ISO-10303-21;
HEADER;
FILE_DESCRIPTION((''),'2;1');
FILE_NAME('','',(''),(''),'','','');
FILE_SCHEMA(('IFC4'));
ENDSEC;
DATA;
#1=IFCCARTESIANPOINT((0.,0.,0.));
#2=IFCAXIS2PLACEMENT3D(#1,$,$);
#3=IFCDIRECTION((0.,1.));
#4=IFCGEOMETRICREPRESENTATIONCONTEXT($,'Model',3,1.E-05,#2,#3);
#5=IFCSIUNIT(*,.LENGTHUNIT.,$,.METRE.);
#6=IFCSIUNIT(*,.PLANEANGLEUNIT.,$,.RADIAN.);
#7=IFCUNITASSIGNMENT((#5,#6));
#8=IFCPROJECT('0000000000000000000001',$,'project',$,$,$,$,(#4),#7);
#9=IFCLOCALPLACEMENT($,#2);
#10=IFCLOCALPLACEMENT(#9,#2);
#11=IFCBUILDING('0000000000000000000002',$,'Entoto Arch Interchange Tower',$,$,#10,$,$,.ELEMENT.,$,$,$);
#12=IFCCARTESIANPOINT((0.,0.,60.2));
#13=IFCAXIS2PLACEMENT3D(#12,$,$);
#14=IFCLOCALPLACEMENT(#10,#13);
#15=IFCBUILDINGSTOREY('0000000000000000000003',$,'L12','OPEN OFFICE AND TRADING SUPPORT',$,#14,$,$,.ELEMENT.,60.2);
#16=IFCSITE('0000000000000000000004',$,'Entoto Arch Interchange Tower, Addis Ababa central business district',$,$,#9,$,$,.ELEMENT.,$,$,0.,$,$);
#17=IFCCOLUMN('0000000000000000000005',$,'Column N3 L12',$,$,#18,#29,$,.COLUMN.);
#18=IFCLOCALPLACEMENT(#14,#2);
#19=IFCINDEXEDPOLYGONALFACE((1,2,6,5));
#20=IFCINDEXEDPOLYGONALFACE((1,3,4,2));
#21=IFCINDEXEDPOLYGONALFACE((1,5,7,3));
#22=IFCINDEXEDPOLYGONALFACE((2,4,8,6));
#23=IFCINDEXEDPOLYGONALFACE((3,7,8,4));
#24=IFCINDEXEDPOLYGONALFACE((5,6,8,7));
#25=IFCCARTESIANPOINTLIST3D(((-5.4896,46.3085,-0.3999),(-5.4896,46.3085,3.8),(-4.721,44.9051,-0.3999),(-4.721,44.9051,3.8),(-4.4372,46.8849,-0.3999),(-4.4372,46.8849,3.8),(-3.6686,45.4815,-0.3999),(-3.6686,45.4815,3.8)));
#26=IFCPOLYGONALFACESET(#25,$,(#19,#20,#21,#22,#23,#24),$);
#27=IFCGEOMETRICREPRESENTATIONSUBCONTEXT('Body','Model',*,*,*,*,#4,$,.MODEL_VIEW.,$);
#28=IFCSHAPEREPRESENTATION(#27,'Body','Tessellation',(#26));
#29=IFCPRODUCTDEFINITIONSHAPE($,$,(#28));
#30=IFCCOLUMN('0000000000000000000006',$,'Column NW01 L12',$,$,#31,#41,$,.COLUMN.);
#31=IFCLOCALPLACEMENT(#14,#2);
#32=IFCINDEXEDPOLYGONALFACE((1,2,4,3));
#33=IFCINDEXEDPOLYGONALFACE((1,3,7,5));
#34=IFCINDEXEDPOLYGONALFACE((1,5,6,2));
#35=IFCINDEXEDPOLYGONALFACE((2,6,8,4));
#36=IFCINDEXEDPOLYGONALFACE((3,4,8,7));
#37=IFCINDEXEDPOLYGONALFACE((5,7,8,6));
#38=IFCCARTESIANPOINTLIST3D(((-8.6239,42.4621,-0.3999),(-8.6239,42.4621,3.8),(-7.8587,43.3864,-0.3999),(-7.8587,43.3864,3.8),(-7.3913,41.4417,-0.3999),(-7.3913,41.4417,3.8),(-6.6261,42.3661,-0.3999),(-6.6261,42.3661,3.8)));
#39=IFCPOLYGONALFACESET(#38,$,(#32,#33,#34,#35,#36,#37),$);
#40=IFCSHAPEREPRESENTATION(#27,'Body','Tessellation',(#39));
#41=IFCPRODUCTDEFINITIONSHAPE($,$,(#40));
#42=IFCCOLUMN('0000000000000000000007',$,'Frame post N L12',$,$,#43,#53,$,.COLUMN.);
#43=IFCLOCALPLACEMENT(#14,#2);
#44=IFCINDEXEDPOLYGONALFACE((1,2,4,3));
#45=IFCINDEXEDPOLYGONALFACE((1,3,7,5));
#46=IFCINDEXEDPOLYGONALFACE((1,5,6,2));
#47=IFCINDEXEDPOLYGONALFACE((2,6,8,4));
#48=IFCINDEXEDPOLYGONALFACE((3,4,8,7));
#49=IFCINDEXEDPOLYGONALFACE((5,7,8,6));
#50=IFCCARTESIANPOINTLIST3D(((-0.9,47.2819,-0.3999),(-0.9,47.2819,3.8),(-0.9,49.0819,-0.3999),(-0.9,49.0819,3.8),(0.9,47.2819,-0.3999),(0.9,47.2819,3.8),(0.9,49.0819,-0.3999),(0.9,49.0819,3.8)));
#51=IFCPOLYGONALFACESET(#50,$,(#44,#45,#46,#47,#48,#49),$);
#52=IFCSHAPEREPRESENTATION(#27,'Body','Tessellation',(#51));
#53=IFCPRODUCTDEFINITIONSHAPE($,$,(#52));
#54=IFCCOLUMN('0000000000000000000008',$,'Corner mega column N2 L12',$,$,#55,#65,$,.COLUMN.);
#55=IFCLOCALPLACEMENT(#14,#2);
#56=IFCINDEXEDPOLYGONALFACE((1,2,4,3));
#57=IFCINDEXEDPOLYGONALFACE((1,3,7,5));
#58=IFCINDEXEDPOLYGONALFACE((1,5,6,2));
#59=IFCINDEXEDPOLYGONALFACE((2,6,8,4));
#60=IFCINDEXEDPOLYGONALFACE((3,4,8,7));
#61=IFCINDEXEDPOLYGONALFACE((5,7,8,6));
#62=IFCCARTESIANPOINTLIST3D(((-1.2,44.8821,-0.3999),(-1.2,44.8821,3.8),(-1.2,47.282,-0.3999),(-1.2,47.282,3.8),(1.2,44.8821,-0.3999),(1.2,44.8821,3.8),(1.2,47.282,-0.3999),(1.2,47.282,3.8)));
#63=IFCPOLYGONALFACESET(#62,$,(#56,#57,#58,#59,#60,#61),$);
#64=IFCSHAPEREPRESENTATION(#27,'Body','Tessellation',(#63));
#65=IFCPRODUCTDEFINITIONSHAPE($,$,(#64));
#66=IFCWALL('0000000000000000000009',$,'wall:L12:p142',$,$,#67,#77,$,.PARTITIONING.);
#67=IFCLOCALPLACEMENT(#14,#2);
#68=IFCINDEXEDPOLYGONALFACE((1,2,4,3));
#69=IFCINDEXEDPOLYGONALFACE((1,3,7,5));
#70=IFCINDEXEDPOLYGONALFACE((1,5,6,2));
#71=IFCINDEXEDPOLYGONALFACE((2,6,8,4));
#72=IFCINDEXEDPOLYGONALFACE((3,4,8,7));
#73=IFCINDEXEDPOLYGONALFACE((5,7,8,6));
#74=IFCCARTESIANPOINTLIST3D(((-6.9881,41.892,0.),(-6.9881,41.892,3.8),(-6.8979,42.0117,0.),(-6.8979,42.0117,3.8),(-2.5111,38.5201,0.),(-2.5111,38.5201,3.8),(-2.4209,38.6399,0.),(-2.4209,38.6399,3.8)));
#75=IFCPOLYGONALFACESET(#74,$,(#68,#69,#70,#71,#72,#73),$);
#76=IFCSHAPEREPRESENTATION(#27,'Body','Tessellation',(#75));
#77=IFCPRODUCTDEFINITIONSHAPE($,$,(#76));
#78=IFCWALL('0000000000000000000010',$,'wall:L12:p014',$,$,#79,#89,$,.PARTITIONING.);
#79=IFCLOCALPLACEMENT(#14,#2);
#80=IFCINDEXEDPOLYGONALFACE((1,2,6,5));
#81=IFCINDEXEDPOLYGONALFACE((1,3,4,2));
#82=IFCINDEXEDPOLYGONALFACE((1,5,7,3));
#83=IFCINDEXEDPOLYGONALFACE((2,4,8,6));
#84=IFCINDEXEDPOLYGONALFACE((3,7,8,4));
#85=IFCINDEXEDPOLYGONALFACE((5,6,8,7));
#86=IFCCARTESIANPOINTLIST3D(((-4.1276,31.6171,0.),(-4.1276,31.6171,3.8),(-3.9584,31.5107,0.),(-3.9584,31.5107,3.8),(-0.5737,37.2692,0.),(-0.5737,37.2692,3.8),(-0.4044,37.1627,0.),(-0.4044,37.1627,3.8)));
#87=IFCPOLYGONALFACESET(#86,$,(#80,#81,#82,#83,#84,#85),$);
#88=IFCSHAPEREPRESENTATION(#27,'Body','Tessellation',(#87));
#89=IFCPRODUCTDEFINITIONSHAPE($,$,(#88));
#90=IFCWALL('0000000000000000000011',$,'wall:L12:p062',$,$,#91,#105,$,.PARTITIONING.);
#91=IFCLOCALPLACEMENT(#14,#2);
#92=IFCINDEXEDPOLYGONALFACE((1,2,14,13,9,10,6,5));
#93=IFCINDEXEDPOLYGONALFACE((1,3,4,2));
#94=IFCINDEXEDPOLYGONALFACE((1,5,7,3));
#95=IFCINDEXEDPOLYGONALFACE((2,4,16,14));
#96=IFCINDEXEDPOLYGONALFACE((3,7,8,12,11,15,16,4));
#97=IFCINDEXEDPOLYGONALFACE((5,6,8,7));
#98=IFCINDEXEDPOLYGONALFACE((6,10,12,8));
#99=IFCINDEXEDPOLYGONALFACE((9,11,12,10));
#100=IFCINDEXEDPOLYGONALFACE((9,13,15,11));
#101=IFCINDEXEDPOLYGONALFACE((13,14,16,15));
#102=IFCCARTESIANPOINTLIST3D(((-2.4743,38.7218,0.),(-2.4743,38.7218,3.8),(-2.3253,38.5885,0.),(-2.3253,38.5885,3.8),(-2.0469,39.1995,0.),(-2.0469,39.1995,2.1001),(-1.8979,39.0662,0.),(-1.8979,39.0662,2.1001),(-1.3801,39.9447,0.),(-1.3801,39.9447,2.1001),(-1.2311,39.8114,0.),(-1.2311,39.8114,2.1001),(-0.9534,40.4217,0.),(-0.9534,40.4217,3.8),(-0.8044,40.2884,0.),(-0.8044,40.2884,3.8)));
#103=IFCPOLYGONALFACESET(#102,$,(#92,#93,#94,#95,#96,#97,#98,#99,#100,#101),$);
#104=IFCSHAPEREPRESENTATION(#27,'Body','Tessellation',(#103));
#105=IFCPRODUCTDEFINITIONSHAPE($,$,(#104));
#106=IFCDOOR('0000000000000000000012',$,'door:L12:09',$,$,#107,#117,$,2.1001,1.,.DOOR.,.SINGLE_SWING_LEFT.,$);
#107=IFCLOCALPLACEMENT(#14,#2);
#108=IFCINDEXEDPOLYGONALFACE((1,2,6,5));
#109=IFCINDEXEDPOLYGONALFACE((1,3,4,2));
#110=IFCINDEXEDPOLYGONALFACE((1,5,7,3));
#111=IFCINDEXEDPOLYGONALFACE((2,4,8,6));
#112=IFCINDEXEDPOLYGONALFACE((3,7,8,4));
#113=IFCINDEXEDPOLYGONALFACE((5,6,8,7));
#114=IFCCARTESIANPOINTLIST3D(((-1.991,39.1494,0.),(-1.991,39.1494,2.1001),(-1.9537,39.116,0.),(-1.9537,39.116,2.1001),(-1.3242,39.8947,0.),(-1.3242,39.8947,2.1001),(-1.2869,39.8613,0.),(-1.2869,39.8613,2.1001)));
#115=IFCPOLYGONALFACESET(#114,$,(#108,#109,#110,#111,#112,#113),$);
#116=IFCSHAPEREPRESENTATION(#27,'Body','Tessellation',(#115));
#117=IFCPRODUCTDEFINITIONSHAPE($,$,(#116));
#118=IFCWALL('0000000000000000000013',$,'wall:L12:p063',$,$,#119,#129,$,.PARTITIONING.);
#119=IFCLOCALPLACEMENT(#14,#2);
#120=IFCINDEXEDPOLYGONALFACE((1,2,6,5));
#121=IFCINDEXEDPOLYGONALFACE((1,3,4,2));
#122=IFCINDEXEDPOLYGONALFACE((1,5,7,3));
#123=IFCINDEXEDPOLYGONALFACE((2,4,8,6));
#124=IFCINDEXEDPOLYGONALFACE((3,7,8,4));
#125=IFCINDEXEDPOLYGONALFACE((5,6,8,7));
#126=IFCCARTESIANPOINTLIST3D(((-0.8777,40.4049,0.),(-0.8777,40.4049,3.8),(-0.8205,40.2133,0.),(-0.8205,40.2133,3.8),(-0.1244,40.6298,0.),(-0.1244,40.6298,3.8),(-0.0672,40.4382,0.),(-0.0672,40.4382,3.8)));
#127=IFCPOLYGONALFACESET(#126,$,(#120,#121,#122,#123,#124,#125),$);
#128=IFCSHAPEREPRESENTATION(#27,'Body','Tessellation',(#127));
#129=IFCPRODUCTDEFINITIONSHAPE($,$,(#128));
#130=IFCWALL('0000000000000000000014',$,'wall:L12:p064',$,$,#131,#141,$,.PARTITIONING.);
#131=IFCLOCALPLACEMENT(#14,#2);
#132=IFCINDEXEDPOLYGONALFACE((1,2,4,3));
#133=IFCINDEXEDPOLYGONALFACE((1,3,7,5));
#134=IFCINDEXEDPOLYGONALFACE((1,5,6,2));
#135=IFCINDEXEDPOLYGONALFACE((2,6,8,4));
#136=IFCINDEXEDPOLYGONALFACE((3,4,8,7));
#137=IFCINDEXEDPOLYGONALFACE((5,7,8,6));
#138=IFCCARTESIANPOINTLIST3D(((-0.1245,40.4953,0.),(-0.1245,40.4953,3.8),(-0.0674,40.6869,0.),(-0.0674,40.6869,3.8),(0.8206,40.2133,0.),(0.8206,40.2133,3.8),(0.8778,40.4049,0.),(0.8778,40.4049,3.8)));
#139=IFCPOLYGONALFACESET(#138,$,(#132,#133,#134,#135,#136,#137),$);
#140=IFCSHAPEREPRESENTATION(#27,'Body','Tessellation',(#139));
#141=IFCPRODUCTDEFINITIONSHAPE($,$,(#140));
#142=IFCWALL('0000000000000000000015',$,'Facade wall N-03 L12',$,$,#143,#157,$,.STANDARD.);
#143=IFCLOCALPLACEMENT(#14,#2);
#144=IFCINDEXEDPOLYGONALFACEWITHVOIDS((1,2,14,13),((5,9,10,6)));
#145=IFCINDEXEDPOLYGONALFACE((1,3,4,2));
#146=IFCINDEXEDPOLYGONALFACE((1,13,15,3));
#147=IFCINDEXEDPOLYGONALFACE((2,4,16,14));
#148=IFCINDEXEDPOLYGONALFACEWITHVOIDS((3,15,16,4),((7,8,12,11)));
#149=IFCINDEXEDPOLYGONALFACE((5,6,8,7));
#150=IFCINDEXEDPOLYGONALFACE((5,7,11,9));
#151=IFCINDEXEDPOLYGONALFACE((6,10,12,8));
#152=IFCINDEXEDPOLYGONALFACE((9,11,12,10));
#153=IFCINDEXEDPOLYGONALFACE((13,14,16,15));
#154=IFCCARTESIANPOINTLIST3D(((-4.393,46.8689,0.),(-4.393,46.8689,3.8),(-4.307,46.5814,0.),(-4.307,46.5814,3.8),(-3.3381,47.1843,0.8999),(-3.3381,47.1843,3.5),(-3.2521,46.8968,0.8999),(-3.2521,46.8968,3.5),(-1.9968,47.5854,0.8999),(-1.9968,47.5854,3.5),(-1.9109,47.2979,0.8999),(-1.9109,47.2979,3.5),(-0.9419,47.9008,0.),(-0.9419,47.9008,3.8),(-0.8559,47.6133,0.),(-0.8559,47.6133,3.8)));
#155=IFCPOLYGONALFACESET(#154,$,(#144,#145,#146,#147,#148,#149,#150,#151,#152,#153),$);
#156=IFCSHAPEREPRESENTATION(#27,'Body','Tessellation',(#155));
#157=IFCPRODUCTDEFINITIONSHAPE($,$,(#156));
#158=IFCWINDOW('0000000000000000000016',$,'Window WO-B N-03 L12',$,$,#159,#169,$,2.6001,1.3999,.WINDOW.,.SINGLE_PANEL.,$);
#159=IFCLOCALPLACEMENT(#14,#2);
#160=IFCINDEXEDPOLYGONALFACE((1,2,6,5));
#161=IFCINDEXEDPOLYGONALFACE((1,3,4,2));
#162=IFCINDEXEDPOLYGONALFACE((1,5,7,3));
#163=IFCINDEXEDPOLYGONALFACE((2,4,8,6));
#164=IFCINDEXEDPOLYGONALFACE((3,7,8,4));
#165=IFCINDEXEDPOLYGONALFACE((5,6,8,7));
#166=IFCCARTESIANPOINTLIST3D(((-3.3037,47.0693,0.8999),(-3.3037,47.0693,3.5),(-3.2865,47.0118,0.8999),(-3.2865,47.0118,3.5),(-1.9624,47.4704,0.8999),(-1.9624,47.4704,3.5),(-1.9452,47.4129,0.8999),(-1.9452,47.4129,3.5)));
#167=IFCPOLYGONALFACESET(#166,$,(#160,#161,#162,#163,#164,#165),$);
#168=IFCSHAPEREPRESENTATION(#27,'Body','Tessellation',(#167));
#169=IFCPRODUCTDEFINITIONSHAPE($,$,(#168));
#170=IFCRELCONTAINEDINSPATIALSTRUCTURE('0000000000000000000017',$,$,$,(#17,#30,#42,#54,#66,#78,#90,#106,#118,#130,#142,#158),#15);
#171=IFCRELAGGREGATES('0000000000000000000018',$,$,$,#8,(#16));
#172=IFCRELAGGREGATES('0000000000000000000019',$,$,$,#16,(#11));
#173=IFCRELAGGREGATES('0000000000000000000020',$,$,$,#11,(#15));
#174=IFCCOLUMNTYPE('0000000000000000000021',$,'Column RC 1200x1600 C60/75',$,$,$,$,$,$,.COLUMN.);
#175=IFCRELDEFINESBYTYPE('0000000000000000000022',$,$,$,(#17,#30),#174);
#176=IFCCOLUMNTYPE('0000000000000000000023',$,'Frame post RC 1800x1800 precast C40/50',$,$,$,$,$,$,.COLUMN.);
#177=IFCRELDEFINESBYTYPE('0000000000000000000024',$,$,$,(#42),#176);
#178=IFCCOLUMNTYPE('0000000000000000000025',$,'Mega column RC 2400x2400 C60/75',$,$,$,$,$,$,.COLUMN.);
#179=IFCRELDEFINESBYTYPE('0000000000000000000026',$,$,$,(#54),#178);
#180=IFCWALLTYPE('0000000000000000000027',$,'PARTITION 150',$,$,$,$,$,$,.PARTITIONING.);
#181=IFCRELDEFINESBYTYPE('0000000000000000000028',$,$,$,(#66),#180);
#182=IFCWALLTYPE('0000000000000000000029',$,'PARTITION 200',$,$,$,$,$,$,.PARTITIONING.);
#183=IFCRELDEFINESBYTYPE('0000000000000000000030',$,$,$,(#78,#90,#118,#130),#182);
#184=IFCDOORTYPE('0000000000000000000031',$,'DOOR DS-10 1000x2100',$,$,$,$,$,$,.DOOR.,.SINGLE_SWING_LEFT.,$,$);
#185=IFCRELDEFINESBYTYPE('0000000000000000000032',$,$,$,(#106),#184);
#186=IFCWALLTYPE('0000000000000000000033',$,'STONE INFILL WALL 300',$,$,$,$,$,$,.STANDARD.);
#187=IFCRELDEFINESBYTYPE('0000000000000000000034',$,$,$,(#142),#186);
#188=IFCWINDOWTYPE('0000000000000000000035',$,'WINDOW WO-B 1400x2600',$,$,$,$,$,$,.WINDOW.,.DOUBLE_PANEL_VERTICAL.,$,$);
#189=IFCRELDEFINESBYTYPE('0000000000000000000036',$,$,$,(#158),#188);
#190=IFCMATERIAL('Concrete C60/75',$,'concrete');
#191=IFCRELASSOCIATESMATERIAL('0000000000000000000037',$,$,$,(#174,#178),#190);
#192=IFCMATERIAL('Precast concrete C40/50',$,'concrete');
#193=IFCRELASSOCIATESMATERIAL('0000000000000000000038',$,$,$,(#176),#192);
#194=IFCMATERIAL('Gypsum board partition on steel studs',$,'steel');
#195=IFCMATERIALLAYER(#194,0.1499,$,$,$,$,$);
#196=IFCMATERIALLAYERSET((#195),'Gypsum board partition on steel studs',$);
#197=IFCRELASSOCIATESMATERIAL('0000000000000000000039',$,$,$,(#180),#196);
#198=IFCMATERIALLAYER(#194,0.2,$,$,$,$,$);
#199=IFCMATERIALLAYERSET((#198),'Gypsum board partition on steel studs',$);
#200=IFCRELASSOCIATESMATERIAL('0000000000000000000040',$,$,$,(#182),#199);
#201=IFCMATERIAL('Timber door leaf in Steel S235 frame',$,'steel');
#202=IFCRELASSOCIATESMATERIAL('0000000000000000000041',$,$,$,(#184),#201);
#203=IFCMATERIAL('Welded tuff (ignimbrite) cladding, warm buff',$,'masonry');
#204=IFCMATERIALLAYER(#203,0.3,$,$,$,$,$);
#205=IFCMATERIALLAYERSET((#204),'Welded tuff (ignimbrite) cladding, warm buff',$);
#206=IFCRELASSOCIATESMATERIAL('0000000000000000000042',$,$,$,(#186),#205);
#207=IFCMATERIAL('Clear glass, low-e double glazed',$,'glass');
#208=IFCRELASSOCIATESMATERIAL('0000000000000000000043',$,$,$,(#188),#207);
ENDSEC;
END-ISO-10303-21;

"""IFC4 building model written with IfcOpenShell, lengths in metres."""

from ifc_helpers import new_model, si_unit, direction, frame, frame_2d, origin, origin_2d, place, context, subcontext, project, spatial, rectangle, extrude, material, layer, layer_set, material_profile, profile_set, type_object, element, fill, save


model = new_model("IFC4")

# Units and contexts
model_context = context("Model", 3, precision=1e-05, world=origin(), true_north=direction((0.0, 1.0)))
body_context = subcontext(model_context, "Body", "Model", "MODEL_VIEW")
ifc_project = project(units=[si_unit("LENGTHUNIT", "METRE"), si_unit("PLANEANGLEUNIT", "RADIAN")], contexts=[model_context])

# Site, building, storey
site_placement = place(None, origin())
site = spatial("IfcSite", under=ifc_project, at=site_placement, Name="Entoto Arch Interchange Tower, Addis Ababa central business district", CompositionType="ELEMENT", RefElevation=0.0)
building_placement = place(site_placement, origin())
building = spatial("IfcBuilding", under=site, at=building_placement, Name="Entoto Arch Interchange Tower", CompositionType="ELEMENT")
storey_placement = place(building_placement, frame((0.0, 0.0, 60.2)))
storey = spatial("IfcBuildingStorey", under=building, at=storey_placement, Name="L12", Description="OPEN OFFICE AND TRADING SUPPORT", CompositionType="ELEMENT", Elevation=60.2)

# Columns
ifc_material_1 = material(Name="Concrete C60/75", Category="concrete")
ifc_material_profile_1 = material_profile(ifc_material_1, rectangle(XDim=1.2, YDim=1.6001, at=origin_2d()))
ifc_profile_set_1 = profile_set([ifc_material_profile_1], Name="Concrete C60/75")
column_type_1 = type_object("IfcColumnType", Name="Column RC 1200x1600 C60/75", PredefinedType="COLUMN", material=ifc_profile_set_1)
for number, where, z_axis, x_axis, name in (
    (1, (-4.5791, 45.895, -0.3999), (0.0, 0.0, 1.0), (0.877079, 0.480346, 0.0), "Column N3 L12"),
    (2, (-7.625, 42.4141, -0.3999), (0.0, 0.0, 1.0), (0.637666, 0.770313, 0.0), "Column NW01 L12"),
):
    element("IfcColumn", number, at=place(storey_placement, frame(where, z_axis=z_axis, x_axis=x_axis)), inside=storey, type_object=column_type_1, Name=name, PredefinedType="COLUMN", context=body_context, shape_type="SweptSolid", body=[
        extrude(rectangle(XDim=1.2, YDim=1.6001, at=origin_2d()), origin(), (0.0, 0.0, 1.0), 4.2),
    ])
ifc_material_2 = material(Name="Precast concrete C40/50", Category="concrete")
ifc_material_profile_2 = material_profile(ifc_material_2, rectangle(XDim=1.8, YDim=1.8, at=origin_2d()))
ifc_profile_set_2 = profile_set([ifc_material_profile_2], Name="Precast concrete C40/50")
column_type_2 = type_object("IfcColumnType", Name="Frame post RC 1800x1800 precast C40/50", PredefinedType="COLUMN", material=ifc_profile_set_2)
column_1_placement = place(storey_placement, frame((0.0, 48.1819, -0.3999), z_axis=(0.0, 0.0, 1.0), x_axis=(0.0, 1.0, 0.0)))
element("IfcColumn", 3, at=column_1_placement, inside=storey, type_object=column_type_2, Name="Frame post N L12", PredefinedType="COLUMN", context=body_context, shape_type="SweptSolid", body=[
    extrude(rectangle(XDim=1.8, YDim=1.8, at=origin_2d()), origin(), (0.0, 0.0, 1.0), 4.2),
])
ifc_material_profile_3 = material_profile(ifc_material_1, rectangle(XDim=2.3999, YDim=2.3999, at=origin_2d()))
ifc_profile_set_3 = profile_set([ifc_material_profile_3], Name="Concrete C60/75")
column_type_3 = type_object("IfcColumnType", Name="Mega column RC 2400x2400 C60/75", PredefinedType="COLUMN", material=ifc_profile_set_3)
column_2_placement = place(storey_placement, frame((0.0, 46.082, -0.3999), z_axis=(0.0, 0.0, 1.0), x_axis=(0.0, 1.0, 0.0)))
element("IfcColumn", 4, at=column_2_placement, inside=storey, type_object=column_type_3, Name="Corner mega column N2 L12", PredefinedType="COLUMN", context=body_context, shape_type="SweptSolid", body=[
    extrude(rectangle(XDim=2.3999, YDim=2.3999, at=origin_2d()), origin(), (0.0, 0.0, 1.0), 4.2),
])

# Walls
ifc_material_3 = material(Name="Gypsum board partition on steel studs", Category="steel")
ifc_layer_1 = layer(ifc_material_3, 0.1499)
ifc_layer_set_1 = layer_set([ifc_layer_1], Name="Gypsum board partition on steel studs")
wall_type_1 = type_object("IfcWallType", Name="PARTITION 150", PredefinedType="PARTITIONING", material=ifc_layer_set_1)
wall_1_placement = place(storey_placement, frame((-2.4661, 38.5801, 0.0), z_axis=(0.0, 0.0, 1.0), x_axis=(-0.798796, 0.601602, 0.0)))
element("IfcWall", 5, at=wall_1_placement, inside=storey, type_object=wall_type_1, Name="wall:L12:p142", PredefinedType="PARTITIONING", context=body_context, shape_type="SweptSolid", body=[
    extrude(rectangle(XDim=5.6047, YDim=0.1499, at=frame_2d((2.8022, 0.0))), origin(), (0.0, 0.0, 1.0), 3.8),
])
ifc_layer_2 = layer(ifc_material_3, 0.2)
ifc_layer_set_2 = layer_set([ifc_layer_2], Name="Gypsum board partition on steel studs")
wall_type_2 = type_object("IfcWallType", Name="PARTITION 200", PredefinedType="PARTITIONING", material=ifc_layer_set_2)
wall_2_placement = place(storey_placement, frame((-0.489, 37.2161, 0.0), z_axis=(0.0, 0.0, 1.0), x_axis=(-0.532301, -0.846555, 0.0)))
element("IfcWall", 6, at=wall_2_placement, inside=storey, type_object=wall_type_2, Name="wall:L12:p014", PredefinedType="PARTITIONING", context=body_context, shape_type="SweptSolid", body=[
    extrude(rectangle(XDim=6.6765, YDim=0.2, at=frame_2d((3.3384, 0.0))), origin(), (0.0, 0.0, 1.0), 3.8),
])

# Wall, opening, door
wall_3_placement = place(storey_placement, frame((-2.3999, 38.655, 0.0), z_axis=(0.0, 0.0, 1.0), x_axis=(0.666792, 0.745244, 0.0)))
wall_3 = element("IfcWall", 7, at=wall_3_placement, inside=storey, type_object=wall_type_2, Name="wall:L12:p062", PredefinedType="PARTITIONING", context=body_context, shape_type="SweptSolid", body=[
    extrude(rectangle(XDim=2.281, YDim=0.2, at=frame_2d((1.1406, 0.0))), origin(), (0.0, 0.0, 1.0), 3.8),
])
opening_1_placement = place(wall_3_placement, frame((0.6411, 0.0, 0.0)))
opening_1 = element("IfcOpeningElement", 8, at=opening_1_placement, cuts=wall_3, PredefinedType="OPENING", context=body_context, shape_type="SweptSolid", body=[
    extrude(rectangle(XDim=1.0, YDim=2.1001, at=frame_2d((0.5, 1.05))), frame((0.0, 0.1099, 0.0), z_axis=(0.0, -1.0, 0.0), x_axis=(1.0, 0.0, 0.0)), (0.0, 0.0, 1.0), 0.22),
])
ifc_material_4 = material(Name="Timber door leaf in Steel S235 frame", Category="steel")
door_type = type_object("IfcDoorType", Name="DOOR DS-10 1000x2100", OperationType="SINGLE_SWING_LEFT", PredefinedType="DOOR", material=ifc_material_4)
door_placement = place(opening_1_placement, origin())
door = element("IfcDoor", 9, at=door_placement, inside=storey, type_object=door_type, Name="door:L12:09", OperationType="SINGLE_SWING_LEFT", OverallHeight=2.1001, OverallWidth=1.0, PredefinedType="DOOR", context=body_context, shape_type="SweptSolid", body=[
    extrude(rectangle(XDim=1.0, YDim=2.1001, at=frame_2d((0.5, 1.05))), frame((0.0, 0.0249, 0.0), z_axis=(0.0, -1.0, 0.0), x_axis=(1.0, 0.0, 0.0)), (0.0, 0.0, 1.0), 0.05),
])
fill(opening_1, door)

# Walls
wall_4_placement = place(storey_placement, frame((-0.8491, 40.3091, 0.0), z_axis=(0.0, 0.0, 1.0), x_axis=(0.95821, 0.286065, 0.0)))
element("IfcWall", 10, at=wall_4_placement, inside=storey, type_object=wall_type_2, Name="wall:L12:p063", PredefinedType="PARTITIONING", context=body_context, shape_type="SweptSolid", body=[
    extrude(rectangle(XDim=0.7861, YDim=0.2, at=frame_2d((0.3931, 0.0))), origin(), (0.0, 0.0, 1.0), 3.8),
])
wall_5_placement = place(storey_placement, frame((-0.0959, 40.5911, 0.0), z_axis=(0.0, 0.0, 1.0), x_axis=(0.958254, -0.285917, 0.0)))
element("IfcWall", 11, at=wall_5_placement, inside=storey, type_object=wall_type_2, Name="wall:L12:p064", PredefinedType="PARTITIONING", context=body_context, shape_type="SweptSolid", body=[
    extrude(rectangle(XDim=0.9863, YDim=0.2, at=frame_2d((0.4932, 0.0))), origin(), (0.0, 0.0, 1.0), 3.8),
])

# Wall, opening, window
ifc_material_5 = material(Name="Welded tuff (ignimbrite) cladding, warm buff", Category="masonry")
ifc_layer_3 = layer(ifc_material_5, 0.3)
ifc_layer_set_3 = layer_set([ifc_layer_3], Name="Welded tuff (ignimbrite) cladding, warm buff")
wall_type_3 = type_object("IfcWallType", Name="STONE INFILL WALL 300", PredefinedType="STANDARD", material=ifc_layer_set_3)
wall_6_placement = place(storey_placement, frame((-0.8989, 47.7571, 0.0), z_axis=(0.0, 0.0, 1.0), x_axis=(-0.958083, -0.28649, 0.0)))
wall_6 = element("IfcWall", 12, at=wall_6_placement, inside=storey, type_object=wall_type_3, Name="Facade wall N-03 L12", PredefinedType="STANDARD", context=body_context, shape_type="SweptSolid", body=[
    extrude(rectangle(XDim=3.6021, YDim=0.3, at=frame_2d((1.801, 0.0))), origin(), (0.0, 0.0, 1.0), 3.8),
])
opening_2_placement = place(wall_6_placement, frame((1.1011, 0.0, 0.8999)))
opening_2 = element("IfcOpeningElement", 13, at=opening_2_placement, cuts=wall_6, PredefinedType="OPENING", context=body_context, shape_type="SweptSolid", body=[
    extrude(rectangle(XDim=1.3999, YDim=2.6001, at=frame_2d((0.7, 1.3))), frame((0.0, 0.1602, 0.0), z_axis=(0.0, -1.0, 0.0), x_axis=(1.0, 0.0, 0.0)), (0.0, 0.0, 1.0), 0.3201),
])
ifc_material_6 = material(Name="Clear glass, low-e double glazed", Category="glass")
window_type_1 = type_object("IfcWindowType", Name="WINDOW WO-B 1400x2600", PartitioningType="DOUBLE_PANEL_VERTICAL", PredefinedType="WINDOW", material=ifc_material_6)
window_1_placement = place(opening_2_placement, origin())
window_1 = element("IfcWindow", 14, at=window_1_placement, inside=storey, type_object=window_type_1, Name="Window WO-B N-03 L12", OverallHeight=2.6001, OverallWidth=1.3999, PartitioningType="SINGLE_PANEL", PredefinedType="WINDOW", context=body_context, shape_type="SweptSolid", body=[
    extrude(rectangle(XDim=1.3999, YDim=2.6001, at=frame_2d((0.7, 1.3))), frame((0.0, 0.03, 0.0), z_axis=(0.0, -1.0, 0.0), x_axis=(1.0, 0.0, 0.0)), (0.0, 0.0, 1.0), 0.0601),
])
fill(opening_2, window_1)

save(model, "model.ifc")
